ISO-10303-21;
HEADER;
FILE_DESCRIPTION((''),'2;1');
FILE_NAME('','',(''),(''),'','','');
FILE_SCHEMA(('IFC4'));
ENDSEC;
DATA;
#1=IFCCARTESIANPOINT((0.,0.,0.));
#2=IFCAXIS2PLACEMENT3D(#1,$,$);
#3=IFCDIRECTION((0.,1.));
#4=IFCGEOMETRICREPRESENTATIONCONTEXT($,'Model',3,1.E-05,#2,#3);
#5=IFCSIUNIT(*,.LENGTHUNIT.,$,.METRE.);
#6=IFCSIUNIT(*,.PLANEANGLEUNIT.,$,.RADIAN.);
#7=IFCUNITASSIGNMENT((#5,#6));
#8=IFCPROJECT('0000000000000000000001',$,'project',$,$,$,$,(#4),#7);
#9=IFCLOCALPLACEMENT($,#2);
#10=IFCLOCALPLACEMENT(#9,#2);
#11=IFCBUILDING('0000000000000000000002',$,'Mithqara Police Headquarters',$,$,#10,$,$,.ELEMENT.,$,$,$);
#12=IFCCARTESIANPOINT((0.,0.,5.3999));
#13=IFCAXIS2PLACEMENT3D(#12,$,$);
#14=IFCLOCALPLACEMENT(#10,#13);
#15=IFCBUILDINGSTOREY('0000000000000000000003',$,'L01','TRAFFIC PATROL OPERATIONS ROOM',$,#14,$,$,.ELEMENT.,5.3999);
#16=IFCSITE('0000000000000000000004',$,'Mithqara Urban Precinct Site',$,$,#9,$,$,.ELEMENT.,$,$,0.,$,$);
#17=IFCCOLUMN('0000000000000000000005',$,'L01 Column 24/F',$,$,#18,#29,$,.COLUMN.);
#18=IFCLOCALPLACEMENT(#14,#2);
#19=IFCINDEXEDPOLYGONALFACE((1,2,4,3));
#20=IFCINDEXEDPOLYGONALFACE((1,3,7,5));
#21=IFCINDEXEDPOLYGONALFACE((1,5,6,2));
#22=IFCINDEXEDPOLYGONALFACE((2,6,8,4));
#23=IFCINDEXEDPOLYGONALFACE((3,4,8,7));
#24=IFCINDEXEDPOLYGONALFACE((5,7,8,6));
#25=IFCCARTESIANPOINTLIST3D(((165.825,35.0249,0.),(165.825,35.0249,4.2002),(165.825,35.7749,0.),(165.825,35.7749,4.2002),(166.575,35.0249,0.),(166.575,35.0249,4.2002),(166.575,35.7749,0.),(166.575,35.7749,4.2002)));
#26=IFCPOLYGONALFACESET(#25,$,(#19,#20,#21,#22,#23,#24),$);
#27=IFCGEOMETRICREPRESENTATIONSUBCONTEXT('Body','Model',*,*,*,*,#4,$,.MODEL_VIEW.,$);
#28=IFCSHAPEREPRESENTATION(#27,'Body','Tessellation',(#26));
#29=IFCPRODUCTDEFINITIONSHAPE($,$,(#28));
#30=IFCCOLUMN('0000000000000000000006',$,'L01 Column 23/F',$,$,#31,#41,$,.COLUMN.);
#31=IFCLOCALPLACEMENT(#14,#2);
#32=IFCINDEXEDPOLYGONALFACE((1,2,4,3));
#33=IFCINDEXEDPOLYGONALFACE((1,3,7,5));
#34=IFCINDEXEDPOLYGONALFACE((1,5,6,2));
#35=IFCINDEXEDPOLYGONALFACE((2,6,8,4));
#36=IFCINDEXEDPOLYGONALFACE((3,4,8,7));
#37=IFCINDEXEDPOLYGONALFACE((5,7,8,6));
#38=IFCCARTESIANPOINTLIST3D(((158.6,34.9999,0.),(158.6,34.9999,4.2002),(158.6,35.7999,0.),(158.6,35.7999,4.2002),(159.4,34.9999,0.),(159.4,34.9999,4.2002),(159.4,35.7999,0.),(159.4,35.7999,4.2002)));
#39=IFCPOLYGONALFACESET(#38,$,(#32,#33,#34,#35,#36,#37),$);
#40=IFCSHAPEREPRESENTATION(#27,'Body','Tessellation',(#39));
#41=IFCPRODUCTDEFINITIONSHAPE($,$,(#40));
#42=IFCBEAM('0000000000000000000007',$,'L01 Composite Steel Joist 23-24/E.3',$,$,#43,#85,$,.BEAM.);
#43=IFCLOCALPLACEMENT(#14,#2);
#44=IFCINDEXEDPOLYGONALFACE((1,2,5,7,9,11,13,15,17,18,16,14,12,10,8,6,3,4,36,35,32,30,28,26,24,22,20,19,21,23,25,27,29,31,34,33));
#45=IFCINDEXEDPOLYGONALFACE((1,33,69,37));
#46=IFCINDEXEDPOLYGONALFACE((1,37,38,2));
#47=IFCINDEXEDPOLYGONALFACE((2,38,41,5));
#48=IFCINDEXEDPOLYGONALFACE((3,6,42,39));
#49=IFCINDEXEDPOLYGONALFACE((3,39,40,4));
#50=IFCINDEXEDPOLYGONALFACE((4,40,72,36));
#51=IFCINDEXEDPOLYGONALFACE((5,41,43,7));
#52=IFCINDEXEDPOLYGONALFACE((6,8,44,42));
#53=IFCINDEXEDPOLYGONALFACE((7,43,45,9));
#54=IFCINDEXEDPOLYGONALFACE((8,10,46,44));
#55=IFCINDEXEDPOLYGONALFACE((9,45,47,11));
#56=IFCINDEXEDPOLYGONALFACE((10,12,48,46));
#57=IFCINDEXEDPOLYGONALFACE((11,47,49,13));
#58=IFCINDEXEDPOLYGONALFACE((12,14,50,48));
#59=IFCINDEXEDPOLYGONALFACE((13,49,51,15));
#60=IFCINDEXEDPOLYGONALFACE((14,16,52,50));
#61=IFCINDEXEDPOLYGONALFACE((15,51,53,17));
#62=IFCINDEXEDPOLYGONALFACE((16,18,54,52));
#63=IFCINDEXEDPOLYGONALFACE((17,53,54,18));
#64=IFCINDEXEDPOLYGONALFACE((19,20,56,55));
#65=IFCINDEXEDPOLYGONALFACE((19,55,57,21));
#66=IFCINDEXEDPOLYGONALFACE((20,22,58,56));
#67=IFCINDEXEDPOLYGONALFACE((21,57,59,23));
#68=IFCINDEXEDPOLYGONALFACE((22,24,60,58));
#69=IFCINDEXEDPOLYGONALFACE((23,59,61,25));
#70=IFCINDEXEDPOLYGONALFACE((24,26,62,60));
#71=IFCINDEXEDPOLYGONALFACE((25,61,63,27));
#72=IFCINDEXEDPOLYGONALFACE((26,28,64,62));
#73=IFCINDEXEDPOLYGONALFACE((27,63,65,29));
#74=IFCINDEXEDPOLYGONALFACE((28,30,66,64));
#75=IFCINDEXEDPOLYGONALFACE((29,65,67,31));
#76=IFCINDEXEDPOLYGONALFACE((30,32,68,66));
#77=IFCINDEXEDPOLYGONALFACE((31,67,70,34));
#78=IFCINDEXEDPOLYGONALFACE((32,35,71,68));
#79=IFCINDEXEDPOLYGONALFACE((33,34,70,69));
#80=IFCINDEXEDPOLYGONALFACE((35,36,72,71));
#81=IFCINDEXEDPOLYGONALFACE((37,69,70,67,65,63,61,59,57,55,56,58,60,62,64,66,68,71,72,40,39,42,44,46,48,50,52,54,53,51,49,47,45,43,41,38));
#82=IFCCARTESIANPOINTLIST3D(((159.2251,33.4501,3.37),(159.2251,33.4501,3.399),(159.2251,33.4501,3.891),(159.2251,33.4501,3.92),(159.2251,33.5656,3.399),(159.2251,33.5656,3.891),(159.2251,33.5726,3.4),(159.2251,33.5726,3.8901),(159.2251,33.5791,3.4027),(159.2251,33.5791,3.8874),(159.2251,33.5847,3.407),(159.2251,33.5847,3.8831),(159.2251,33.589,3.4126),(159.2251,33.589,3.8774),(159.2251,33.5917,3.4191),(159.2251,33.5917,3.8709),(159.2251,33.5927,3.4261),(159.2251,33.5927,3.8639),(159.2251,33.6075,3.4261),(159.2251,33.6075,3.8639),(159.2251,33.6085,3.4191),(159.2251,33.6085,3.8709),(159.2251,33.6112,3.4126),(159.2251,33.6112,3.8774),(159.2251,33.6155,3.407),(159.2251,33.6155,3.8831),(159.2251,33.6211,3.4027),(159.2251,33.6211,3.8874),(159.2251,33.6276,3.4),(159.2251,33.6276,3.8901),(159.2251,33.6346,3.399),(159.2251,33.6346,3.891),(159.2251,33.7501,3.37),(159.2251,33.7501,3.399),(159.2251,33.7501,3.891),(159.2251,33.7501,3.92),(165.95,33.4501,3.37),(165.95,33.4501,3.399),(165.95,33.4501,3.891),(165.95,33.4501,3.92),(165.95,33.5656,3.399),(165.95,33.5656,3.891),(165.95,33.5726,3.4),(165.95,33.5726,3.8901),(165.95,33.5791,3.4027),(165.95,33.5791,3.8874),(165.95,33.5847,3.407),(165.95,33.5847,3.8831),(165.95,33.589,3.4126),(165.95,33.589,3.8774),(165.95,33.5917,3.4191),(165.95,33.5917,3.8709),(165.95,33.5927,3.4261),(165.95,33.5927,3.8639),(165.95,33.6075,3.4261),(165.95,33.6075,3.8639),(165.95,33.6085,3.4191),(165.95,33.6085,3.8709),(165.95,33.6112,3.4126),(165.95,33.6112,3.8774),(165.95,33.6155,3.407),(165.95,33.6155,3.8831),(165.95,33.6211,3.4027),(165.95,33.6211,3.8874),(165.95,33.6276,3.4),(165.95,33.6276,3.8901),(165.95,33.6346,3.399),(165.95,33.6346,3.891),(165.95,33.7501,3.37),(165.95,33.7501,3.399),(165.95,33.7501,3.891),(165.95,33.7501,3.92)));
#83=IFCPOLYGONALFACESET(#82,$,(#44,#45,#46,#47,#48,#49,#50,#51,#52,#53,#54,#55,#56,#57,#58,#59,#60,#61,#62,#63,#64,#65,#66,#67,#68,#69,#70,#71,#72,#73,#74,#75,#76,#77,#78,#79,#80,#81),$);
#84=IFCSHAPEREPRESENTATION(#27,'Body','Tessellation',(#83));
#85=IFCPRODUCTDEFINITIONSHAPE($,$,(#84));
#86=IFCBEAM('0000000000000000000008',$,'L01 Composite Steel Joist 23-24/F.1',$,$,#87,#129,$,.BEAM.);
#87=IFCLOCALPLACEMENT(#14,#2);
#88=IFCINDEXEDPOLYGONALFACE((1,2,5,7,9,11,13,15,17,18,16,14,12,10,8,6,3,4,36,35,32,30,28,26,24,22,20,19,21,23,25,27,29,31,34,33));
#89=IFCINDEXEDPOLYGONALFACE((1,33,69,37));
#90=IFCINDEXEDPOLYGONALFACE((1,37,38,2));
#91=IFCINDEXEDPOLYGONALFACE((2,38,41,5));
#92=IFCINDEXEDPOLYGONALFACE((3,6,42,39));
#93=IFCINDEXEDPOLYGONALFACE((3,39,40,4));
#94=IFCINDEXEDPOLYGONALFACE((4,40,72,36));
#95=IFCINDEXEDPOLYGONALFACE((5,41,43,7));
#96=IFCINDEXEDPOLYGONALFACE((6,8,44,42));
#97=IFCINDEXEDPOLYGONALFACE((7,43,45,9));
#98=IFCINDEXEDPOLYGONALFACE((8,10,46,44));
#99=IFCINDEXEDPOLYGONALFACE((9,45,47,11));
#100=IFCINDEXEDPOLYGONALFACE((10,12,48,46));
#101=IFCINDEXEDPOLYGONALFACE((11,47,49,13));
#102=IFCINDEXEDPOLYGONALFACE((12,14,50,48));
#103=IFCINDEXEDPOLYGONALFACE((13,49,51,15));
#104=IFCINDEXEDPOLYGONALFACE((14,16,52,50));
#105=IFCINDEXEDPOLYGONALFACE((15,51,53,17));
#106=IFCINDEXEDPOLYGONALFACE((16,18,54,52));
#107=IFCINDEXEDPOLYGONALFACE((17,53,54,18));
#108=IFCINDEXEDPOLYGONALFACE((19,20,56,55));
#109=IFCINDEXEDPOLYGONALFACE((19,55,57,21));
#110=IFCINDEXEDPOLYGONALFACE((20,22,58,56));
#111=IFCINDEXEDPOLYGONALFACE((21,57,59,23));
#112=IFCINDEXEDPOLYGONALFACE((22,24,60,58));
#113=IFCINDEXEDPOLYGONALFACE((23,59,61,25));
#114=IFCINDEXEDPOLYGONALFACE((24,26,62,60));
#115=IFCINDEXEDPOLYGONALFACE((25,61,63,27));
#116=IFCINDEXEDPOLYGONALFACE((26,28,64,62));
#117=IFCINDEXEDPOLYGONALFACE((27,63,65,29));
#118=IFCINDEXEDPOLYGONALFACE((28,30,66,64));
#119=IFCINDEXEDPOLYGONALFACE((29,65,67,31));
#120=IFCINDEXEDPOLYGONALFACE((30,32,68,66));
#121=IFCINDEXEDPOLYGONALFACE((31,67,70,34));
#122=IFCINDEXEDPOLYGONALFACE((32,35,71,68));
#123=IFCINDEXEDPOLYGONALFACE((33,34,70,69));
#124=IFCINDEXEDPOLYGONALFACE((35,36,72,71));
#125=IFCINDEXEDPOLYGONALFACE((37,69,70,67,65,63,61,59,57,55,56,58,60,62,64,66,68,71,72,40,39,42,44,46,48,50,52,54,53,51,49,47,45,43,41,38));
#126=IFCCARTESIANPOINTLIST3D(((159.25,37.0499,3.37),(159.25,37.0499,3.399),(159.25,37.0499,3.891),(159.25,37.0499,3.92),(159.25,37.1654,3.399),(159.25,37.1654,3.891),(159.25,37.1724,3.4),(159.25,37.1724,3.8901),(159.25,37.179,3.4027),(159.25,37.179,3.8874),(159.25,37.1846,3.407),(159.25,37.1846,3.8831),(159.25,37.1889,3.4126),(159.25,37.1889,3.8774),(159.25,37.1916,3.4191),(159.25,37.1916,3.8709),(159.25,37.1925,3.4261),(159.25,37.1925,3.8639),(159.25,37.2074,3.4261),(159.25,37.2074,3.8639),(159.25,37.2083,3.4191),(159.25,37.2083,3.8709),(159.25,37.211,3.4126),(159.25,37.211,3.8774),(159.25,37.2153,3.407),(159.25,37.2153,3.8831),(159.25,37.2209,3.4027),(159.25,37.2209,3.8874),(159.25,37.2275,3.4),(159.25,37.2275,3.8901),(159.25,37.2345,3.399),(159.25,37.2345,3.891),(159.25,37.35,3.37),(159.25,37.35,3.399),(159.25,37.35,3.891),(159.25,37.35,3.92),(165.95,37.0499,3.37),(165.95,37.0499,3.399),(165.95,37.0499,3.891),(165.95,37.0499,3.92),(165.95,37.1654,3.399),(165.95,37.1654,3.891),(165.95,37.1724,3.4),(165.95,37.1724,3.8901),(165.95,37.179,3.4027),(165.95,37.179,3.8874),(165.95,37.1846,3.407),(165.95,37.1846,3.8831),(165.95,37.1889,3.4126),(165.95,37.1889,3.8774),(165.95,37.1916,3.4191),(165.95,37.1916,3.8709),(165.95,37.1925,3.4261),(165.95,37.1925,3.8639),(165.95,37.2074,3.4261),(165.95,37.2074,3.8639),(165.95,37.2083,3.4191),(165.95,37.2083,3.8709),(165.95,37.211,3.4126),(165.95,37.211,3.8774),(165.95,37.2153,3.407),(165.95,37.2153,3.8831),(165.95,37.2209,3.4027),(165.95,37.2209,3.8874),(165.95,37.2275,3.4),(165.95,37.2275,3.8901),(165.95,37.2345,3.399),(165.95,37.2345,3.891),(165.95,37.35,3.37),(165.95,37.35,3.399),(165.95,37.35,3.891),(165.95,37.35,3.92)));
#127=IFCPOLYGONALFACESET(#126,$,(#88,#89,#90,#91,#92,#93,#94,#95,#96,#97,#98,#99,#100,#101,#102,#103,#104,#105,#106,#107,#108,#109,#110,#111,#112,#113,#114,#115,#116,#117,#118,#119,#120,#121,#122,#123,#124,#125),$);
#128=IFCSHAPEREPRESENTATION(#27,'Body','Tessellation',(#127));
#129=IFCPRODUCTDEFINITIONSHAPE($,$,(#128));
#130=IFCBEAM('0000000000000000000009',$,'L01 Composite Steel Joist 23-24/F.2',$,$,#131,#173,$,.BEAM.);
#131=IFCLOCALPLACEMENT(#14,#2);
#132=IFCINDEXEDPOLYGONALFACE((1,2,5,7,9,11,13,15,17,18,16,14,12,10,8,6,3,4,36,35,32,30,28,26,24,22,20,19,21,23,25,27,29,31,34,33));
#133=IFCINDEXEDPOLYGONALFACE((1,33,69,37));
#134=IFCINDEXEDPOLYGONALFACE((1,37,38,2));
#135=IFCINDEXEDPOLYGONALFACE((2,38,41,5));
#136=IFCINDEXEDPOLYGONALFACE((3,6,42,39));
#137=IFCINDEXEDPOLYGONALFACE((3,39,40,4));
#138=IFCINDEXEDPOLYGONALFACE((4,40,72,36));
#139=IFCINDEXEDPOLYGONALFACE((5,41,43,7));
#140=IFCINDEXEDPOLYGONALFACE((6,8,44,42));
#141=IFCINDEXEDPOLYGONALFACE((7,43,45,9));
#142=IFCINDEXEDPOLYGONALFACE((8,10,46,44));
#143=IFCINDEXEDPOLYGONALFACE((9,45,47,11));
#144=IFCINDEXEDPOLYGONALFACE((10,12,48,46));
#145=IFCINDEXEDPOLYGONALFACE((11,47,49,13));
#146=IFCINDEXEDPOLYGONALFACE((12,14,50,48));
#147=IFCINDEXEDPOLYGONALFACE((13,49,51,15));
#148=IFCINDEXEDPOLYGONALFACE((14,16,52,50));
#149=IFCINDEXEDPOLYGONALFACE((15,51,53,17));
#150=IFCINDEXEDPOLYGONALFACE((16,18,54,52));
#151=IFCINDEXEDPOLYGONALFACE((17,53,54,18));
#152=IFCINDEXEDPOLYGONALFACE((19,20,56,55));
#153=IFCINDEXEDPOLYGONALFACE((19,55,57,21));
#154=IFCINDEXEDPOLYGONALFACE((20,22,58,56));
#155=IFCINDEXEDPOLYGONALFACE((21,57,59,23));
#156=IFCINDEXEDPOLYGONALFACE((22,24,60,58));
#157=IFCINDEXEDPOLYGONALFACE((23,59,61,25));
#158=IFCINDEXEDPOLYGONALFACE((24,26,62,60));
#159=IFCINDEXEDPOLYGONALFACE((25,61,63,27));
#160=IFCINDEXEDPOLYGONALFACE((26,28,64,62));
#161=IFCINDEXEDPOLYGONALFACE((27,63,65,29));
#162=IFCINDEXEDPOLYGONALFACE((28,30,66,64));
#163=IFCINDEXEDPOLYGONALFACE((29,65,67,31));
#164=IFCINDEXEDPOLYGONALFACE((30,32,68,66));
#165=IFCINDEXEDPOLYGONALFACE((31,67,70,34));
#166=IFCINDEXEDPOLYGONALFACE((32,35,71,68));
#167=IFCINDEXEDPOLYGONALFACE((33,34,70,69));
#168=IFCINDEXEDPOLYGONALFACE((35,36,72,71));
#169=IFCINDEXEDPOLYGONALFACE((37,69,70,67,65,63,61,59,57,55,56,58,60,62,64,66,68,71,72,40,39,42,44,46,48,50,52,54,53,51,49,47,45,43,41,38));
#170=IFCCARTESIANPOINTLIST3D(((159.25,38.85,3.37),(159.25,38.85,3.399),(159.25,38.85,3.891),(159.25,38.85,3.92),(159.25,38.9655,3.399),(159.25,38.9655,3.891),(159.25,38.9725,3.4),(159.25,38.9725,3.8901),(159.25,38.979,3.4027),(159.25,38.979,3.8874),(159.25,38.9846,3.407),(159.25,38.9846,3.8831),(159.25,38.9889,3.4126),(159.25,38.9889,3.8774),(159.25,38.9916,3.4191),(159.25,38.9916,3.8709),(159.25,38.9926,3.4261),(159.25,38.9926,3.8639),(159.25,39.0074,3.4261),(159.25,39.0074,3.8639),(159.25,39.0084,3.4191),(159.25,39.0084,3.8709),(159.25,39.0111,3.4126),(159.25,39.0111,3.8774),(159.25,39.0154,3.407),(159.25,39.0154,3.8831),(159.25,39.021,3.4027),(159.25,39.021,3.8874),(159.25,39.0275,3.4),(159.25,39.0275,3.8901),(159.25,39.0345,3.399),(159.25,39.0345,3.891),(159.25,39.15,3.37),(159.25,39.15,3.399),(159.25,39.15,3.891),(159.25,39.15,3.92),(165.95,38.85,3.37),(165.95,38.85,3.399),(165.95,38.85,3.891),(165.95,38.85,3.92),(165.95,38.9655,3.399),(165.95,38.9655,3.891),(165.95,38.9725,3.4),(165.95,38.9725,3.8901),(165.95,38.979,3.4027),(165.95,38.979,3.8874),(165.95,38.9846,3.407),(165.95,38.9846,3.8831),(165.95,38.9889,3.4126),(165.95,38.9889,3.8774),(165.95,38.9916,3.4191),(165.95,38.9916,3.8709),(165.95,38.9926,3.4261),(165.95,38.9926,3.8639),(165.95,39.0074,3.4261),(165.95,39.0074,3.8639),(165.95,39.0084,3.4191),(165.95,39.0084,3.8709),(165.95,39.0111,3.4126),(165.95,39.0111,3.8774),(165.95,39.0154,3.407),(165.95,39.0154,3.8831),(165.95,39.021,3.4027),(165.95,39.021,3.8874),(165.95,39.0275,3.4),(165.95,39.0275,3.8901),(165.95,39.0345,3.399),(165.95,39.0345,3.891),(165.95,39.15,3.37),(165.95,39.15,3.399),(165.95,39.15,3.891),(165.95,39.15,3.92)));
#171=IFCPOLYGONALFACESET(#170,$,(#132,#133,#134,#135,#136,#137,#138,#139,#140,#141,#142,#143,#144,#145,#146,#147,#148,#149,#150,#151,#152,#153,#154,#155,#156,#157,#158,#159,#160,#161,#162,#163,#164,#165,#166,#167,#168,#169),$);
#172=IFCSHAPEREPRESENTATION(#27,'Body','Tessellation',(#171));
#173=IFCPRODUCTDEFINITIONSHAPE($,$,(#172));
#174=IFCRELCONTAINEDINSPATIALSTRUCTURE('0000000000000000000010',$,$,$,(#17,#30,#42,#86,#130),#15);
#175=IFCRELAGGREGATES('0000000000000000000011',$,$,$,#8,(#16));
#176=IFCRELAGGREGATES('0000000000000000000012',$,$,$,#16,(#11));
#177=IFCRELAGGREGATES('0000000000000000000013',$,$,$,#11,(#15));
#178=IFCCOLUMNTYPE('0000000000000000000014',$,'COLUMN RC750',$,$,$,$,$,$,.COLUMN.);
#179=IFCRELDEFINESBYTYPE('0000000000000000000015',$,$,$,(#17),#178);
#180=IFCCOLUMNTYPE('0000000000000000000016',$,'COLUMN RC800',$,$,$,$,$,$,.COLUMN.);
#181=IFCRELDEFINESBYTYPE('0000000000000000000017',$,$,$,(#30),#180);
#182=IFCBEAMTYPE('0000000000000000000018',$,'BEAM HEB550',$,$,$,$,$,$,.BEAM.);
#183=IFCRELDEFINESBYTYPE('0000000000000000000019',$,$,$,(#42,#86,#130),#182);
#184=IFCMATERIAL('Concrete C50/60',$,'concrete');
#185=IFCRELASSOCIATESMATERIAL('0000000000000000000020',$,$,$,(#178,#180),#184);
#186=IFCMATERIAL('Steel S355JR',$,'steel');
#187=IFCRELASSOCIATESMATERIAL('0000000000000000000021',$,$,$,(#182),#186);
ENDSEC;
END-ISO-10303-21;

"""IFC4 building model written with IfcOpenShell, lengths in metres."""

from ifc_helpers import new_model, si_unit, direction, frame, origin, origin_2d, place, context, subcontext, project, spatial, rectangle, i_section, extrude, material, material_profile, profile_set, type_object, element, save


model = new_model("IFC4")

# Units and contexts
model_context = context("Model", 3, precision=1e-05, world=origin(), true_north=direction((0.0, 1.0)))
body_context = subcontext(model_context, "Body", "Model", "MODEL_VIEW")
ifc_project = project(units=[si_unit("LENGTHUNIT", "METRE"), si_unit("PLANEANGLEUNIT", "RADIAN")], contexts=[model_context])

# Site, building, storey
site_placement = place(None, origin())
site = spatial("IfcSite", under=ifc_project, at=site_placement, Name="Mithqara Urban Precinct Site", CompositionType="ELEMENT", RefElevation=0.0)
building_placement = place(site_placement, origin())
building = spatial("IfcBuilding", under=site, at=building_placement, Name="Mithqara Police Headquarters", CompositionType="ELEMENT")
storey_placement = place(building_placement, frame((0.0, 0.0, 5.3999)))
storey = spatial("IfcBuildingStorey", under=building, at=storey_placement, Name="L01", Description="TRAFFIC PATROL OPERATIONS ROOM", CompositionType="ELEMENT", Elevation=5.3999)

# Columns
ifc_material_1 = material(Name="Concrete C50/60", Category="concrete")
ifc_material_profile_1 = material_profile(ifc_material_1, rectangle(XDim=0.75, YDim=0.75, at=origin_2d()), Name="RC 750x750")
ifc_profile_set_1 = profile_set([ifc_material_profile_1], Name="Concrete C50/60")
column_type_1 = type_object("IfcColumnType", Name="COLUMN RC750", PredefinedType="COLUMN", material=ifc_profile_set_1)
column_1_placement = place(storey_placement, frame((166.2, 35.3999, 0.0), z_axis=(0.0, 0.0, 1.0), x_axis=(1.0, 0.0, 0.0)))
element("IfcColumn", 1, at=column_1_placement, inside=storey, type_object=column_type_1, Name="L01 Column 24/F", PredefinedType="COLUMN", context=body_context, shape_type="SweptSolid", body=[
    extrude(rectangle(XDim=0.75, YDim=0.75, at=origin_2d()), origin(), (0.0, 0.0, 1.0), 4.2002),
])
ifc_material_profile_2 = material_profile(ifc_material_1, rectangle(XDim=0.8, YDim=0.8, at=origin_2d()), Name="RC 800x800")
ifc_profile_set_2 = profile_set([ifc_material_profile_2], Name="Concrete C50/60")
column_type_2 = type_object("IfcColumnType", Name="COLUMN RC800", PredefinedType="COLUMN", material=ifc_profile_set_2)
column_2_placement = place(storey_placement, frame((159.0, 35.3999, 0.0), z_axis=(0.0, 0.0, 1.0), x_axis=(1.0, 0.0, 0.0)))
element("IfcColumn", 2, at=column_2_placement, inside=storey, type_object=column_type_2, Name="L01 Column 23/F", PredefinedType="COLUMN", context=body_context, shape_type="SweptSolid", body=[
    extrude(rectangle(XDim=0.8, YDim=0.8, at=origin_2d()), origin(), (0.0, 0.0, 1.0), 4.2002),
])

# Beams
ifc_material_2 = material(Name="Steel S355JR", Category="steel")
ifc_material_profile_3 = material_profile(ifc_material_2, i_section(OverallWidth=0.3, OverallDepth=0.55, WebThickness=0.0149, FlangeThickness=0.0291, FilletRadius=0.0271, at=origin_2d()), Name="HEB 550")
ifc_profile_set_3 = profile_set([ifc_material_profile_3], Name="Steel S355JR")
beam_type_1 = type_object("IfcBeamType", Name="BEAM HEB550", PredefinedType="BEAM", material=ifc_profile_set_3)
beam_1_placement = place(storey_placement, frame((159.2251, 33.6001, 3.645), z_axis=(1.0, 0.0, 0.0), x_axis=(0.0, 1.0, 0.0)))
element("IfcBeam", 3, at=beam_1_placement, inside=storey, type_object=beam_type_1, Name="L01 Composite Steel Joist 23-24/E.3", PredefinedType="BEAM", context=body_context, shape_type="SweptSolid", body=[
    extrude(i_section(OverallWidth=0.3, OverallDepth=0.55, WebThickness=0.0149, FlangeThickness=0.0291, FilletRadius=0.0271, at=origin_2d()), origin(), (0.0, 0.0, 1.0), 6.7249),
])
for number, where, z_axis, x_axis, name in (
    (4, (159.25, 37.2, 3.645), (1.0, 0.0, 0.0), (0.0, 1.0, 0.0), "L01 Composite Steel Joist 23-24/F.1"),
    (5, (159.25, 39.0, 3.645), (1.0, 0.0, 0.0), (0.0, 1.0, 0.0), "L01 Composite Steel Joist 23-24/F.2"),
):
    element("IfcBeam", number, at=place(storey_placement, frame(where, z_axis=z_axis, x_axis=x_axis)), inside=storey, type_object=beam_type_1, Name=name, PredefinedType="BEAM", context=body_context, shape_type="SweptSolid", body=[
        extrude(i_section(OverallWidth=0.3, OverallDepth=0.55, WebThickness=0.0149, FlangeThickness=0.0291, FilletRadius=0.0271, at=origin_2d()), origin(), (0.0, 0.0, 1.0), 6.7),
    ])

save(model, "model.ifc")
